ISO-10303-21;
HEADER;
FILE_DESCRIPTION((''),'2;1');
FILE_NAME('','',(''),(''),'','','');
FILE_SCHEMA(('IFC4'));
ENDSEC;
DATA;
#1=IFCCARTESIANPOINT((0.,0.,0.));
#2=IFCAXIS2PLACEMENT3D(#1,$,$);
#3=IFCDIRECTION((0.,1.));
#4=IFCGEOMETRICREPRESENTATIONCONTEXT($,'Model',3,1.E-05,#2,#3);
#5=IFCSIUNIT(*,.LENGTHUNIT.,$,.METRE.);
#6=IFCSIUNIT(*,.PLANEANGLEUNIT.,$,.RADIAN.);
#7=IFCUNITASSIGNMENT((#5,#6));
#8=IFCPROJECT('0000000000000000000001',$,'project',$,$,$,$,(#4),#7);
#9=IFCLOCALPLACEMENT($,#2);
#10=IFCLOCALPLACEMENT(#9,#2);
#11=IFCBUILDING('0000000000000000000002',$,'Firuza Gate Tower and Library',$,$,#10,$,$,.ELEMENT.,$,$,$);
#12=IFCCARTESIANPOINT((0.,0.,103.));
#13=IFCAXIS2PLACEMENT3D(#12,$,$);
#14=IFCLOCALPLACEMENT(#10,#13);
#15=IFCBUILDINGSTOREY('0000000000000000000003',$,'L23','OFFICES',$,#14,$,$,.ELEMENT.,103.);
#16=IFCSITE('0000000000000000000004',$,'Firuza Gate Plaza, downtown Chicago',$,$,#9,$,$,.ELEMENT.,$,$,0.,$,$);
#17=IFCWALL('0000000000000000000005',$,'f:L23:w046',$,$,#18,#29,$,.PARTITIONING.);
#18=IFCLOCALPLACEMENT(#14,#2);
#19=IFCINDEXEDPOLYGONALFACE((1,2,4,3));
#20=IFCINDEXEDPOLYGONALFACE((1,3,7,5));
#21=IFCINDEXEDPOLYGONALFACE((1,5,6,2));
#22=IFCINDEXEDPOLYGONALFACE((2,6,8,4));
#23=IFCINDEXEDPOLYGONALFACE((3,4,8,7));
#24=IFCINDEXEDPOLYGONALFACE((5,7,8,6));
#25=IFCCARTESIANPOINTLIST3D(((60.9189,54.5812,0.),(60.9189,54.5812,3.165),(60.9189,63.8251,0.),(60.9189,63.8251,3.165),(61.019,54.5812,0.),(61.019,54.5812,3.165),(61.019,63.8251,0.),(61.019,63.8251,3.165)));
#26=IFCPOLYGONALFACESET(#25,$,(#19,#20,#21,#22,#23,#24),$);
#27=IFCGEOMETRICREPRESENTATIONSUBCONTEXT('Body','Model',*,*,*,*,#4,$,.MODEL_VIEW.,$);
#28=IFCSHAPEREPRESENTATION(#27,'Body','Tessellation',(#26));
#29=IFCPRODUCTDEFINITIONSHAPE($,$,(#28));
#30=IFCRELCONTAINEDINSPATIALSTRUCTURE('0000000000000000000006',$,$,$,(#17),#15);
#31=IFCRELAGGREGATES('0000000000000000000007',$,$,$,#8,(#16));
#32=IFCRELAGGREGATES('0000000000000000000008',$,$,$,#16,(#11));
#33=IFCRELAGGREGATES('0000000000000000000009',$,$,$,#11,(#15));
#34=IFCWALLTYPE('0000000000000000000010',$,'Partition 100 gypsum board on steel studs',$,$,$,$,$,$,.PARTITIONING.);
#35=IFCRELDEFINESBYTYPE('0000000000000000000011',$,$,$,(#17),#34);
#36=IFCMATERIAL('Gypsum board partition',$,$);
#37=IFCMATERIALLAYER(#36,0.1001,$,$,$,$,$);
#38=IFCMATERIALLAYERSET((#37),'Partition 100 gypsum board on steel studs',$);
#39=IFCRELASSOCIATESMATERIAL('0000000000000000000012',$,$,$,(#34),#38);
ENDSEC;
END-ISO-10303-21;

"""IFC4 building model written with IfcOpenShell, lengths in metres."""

from ifc_helpers import new_model, si_unit, direction, frame, frame_2d, origin, place, context, subcontext, project, spatial, rectangle, extrude, material, layer, layer_set, type_object, element, save


model = new_model("IFC4")

# Units and contexts
model_context = context("Model", 3, precision=1e-05, world=origin(), true_north=direction((0.0, 1.0)))
body_context = subcontext(model_context, "Body", "Model", "MODEL_VIEW")
ifc_project = project(units=[si_unit("LENGTHUNIT", "METRE"), si_unit("PLANEANGLEUNIT", "RADIAN")], contexts=[model_context])

# Site, building, storey
site_placement = place(None, origin())
site = spatial("IfcSite", under=ifc_project, at=site_placement, Name="Firuza Gate Plaza, downtown Chicago", CompositionType="ELEMENT", RefElevation=0.0)
building_placement = place(site_placement, origin())
building = spatial("IfcBuilding", under=site, at=building_placement, Name="Firuza Gate Tower and Library", CompositionType="ELEMENT")
storey_placement = place(building_placement, frame((0.0, 0.0, 103.0)))
storey = spatial("IfcBuildingStorey", under=building, at=storey_placement, Name="L23", Description="OFFICES", CompositionType="ELEMENT", Elevation=103.0)

# Wall
ifc_material_1 = material(Name="Gypsum board partition")
ifc_layer_1 = layer(ifc_material_1, 0.1001)
ifc_layer_set_1 = layer_set([ifc_layer_1], Name="Partition 100 gypsum board on steel studs")
wall_type = type_object("IfcWallType", Name="Partition 100 gypsum board on steel studs", PredefinedType="PARTITIONING", material=ifc_layer_set_1)
wall_placement = place(storey_placement, frame((60.969, 54.5811, 0.0), z_axis=(0.0, 0.0, 1.0), x_axis=(0.0, 1.0, 0.0)))
element("IfcWall", 1, at=wall_placement, inside=storey, type_object=wall_type, Name="f:L23:w046", PredefinedType="PARTITIONING", context=body_context, shape_type="SweptSolid", body=[
    extrude(rectangle(XDim=9.2439, YDim=0.1001, at=frame_2d((4.6221, 0.0))), origin(), (0.0, 0.0, 1.0), 3.165),
])

save(model, "model.ifc")
